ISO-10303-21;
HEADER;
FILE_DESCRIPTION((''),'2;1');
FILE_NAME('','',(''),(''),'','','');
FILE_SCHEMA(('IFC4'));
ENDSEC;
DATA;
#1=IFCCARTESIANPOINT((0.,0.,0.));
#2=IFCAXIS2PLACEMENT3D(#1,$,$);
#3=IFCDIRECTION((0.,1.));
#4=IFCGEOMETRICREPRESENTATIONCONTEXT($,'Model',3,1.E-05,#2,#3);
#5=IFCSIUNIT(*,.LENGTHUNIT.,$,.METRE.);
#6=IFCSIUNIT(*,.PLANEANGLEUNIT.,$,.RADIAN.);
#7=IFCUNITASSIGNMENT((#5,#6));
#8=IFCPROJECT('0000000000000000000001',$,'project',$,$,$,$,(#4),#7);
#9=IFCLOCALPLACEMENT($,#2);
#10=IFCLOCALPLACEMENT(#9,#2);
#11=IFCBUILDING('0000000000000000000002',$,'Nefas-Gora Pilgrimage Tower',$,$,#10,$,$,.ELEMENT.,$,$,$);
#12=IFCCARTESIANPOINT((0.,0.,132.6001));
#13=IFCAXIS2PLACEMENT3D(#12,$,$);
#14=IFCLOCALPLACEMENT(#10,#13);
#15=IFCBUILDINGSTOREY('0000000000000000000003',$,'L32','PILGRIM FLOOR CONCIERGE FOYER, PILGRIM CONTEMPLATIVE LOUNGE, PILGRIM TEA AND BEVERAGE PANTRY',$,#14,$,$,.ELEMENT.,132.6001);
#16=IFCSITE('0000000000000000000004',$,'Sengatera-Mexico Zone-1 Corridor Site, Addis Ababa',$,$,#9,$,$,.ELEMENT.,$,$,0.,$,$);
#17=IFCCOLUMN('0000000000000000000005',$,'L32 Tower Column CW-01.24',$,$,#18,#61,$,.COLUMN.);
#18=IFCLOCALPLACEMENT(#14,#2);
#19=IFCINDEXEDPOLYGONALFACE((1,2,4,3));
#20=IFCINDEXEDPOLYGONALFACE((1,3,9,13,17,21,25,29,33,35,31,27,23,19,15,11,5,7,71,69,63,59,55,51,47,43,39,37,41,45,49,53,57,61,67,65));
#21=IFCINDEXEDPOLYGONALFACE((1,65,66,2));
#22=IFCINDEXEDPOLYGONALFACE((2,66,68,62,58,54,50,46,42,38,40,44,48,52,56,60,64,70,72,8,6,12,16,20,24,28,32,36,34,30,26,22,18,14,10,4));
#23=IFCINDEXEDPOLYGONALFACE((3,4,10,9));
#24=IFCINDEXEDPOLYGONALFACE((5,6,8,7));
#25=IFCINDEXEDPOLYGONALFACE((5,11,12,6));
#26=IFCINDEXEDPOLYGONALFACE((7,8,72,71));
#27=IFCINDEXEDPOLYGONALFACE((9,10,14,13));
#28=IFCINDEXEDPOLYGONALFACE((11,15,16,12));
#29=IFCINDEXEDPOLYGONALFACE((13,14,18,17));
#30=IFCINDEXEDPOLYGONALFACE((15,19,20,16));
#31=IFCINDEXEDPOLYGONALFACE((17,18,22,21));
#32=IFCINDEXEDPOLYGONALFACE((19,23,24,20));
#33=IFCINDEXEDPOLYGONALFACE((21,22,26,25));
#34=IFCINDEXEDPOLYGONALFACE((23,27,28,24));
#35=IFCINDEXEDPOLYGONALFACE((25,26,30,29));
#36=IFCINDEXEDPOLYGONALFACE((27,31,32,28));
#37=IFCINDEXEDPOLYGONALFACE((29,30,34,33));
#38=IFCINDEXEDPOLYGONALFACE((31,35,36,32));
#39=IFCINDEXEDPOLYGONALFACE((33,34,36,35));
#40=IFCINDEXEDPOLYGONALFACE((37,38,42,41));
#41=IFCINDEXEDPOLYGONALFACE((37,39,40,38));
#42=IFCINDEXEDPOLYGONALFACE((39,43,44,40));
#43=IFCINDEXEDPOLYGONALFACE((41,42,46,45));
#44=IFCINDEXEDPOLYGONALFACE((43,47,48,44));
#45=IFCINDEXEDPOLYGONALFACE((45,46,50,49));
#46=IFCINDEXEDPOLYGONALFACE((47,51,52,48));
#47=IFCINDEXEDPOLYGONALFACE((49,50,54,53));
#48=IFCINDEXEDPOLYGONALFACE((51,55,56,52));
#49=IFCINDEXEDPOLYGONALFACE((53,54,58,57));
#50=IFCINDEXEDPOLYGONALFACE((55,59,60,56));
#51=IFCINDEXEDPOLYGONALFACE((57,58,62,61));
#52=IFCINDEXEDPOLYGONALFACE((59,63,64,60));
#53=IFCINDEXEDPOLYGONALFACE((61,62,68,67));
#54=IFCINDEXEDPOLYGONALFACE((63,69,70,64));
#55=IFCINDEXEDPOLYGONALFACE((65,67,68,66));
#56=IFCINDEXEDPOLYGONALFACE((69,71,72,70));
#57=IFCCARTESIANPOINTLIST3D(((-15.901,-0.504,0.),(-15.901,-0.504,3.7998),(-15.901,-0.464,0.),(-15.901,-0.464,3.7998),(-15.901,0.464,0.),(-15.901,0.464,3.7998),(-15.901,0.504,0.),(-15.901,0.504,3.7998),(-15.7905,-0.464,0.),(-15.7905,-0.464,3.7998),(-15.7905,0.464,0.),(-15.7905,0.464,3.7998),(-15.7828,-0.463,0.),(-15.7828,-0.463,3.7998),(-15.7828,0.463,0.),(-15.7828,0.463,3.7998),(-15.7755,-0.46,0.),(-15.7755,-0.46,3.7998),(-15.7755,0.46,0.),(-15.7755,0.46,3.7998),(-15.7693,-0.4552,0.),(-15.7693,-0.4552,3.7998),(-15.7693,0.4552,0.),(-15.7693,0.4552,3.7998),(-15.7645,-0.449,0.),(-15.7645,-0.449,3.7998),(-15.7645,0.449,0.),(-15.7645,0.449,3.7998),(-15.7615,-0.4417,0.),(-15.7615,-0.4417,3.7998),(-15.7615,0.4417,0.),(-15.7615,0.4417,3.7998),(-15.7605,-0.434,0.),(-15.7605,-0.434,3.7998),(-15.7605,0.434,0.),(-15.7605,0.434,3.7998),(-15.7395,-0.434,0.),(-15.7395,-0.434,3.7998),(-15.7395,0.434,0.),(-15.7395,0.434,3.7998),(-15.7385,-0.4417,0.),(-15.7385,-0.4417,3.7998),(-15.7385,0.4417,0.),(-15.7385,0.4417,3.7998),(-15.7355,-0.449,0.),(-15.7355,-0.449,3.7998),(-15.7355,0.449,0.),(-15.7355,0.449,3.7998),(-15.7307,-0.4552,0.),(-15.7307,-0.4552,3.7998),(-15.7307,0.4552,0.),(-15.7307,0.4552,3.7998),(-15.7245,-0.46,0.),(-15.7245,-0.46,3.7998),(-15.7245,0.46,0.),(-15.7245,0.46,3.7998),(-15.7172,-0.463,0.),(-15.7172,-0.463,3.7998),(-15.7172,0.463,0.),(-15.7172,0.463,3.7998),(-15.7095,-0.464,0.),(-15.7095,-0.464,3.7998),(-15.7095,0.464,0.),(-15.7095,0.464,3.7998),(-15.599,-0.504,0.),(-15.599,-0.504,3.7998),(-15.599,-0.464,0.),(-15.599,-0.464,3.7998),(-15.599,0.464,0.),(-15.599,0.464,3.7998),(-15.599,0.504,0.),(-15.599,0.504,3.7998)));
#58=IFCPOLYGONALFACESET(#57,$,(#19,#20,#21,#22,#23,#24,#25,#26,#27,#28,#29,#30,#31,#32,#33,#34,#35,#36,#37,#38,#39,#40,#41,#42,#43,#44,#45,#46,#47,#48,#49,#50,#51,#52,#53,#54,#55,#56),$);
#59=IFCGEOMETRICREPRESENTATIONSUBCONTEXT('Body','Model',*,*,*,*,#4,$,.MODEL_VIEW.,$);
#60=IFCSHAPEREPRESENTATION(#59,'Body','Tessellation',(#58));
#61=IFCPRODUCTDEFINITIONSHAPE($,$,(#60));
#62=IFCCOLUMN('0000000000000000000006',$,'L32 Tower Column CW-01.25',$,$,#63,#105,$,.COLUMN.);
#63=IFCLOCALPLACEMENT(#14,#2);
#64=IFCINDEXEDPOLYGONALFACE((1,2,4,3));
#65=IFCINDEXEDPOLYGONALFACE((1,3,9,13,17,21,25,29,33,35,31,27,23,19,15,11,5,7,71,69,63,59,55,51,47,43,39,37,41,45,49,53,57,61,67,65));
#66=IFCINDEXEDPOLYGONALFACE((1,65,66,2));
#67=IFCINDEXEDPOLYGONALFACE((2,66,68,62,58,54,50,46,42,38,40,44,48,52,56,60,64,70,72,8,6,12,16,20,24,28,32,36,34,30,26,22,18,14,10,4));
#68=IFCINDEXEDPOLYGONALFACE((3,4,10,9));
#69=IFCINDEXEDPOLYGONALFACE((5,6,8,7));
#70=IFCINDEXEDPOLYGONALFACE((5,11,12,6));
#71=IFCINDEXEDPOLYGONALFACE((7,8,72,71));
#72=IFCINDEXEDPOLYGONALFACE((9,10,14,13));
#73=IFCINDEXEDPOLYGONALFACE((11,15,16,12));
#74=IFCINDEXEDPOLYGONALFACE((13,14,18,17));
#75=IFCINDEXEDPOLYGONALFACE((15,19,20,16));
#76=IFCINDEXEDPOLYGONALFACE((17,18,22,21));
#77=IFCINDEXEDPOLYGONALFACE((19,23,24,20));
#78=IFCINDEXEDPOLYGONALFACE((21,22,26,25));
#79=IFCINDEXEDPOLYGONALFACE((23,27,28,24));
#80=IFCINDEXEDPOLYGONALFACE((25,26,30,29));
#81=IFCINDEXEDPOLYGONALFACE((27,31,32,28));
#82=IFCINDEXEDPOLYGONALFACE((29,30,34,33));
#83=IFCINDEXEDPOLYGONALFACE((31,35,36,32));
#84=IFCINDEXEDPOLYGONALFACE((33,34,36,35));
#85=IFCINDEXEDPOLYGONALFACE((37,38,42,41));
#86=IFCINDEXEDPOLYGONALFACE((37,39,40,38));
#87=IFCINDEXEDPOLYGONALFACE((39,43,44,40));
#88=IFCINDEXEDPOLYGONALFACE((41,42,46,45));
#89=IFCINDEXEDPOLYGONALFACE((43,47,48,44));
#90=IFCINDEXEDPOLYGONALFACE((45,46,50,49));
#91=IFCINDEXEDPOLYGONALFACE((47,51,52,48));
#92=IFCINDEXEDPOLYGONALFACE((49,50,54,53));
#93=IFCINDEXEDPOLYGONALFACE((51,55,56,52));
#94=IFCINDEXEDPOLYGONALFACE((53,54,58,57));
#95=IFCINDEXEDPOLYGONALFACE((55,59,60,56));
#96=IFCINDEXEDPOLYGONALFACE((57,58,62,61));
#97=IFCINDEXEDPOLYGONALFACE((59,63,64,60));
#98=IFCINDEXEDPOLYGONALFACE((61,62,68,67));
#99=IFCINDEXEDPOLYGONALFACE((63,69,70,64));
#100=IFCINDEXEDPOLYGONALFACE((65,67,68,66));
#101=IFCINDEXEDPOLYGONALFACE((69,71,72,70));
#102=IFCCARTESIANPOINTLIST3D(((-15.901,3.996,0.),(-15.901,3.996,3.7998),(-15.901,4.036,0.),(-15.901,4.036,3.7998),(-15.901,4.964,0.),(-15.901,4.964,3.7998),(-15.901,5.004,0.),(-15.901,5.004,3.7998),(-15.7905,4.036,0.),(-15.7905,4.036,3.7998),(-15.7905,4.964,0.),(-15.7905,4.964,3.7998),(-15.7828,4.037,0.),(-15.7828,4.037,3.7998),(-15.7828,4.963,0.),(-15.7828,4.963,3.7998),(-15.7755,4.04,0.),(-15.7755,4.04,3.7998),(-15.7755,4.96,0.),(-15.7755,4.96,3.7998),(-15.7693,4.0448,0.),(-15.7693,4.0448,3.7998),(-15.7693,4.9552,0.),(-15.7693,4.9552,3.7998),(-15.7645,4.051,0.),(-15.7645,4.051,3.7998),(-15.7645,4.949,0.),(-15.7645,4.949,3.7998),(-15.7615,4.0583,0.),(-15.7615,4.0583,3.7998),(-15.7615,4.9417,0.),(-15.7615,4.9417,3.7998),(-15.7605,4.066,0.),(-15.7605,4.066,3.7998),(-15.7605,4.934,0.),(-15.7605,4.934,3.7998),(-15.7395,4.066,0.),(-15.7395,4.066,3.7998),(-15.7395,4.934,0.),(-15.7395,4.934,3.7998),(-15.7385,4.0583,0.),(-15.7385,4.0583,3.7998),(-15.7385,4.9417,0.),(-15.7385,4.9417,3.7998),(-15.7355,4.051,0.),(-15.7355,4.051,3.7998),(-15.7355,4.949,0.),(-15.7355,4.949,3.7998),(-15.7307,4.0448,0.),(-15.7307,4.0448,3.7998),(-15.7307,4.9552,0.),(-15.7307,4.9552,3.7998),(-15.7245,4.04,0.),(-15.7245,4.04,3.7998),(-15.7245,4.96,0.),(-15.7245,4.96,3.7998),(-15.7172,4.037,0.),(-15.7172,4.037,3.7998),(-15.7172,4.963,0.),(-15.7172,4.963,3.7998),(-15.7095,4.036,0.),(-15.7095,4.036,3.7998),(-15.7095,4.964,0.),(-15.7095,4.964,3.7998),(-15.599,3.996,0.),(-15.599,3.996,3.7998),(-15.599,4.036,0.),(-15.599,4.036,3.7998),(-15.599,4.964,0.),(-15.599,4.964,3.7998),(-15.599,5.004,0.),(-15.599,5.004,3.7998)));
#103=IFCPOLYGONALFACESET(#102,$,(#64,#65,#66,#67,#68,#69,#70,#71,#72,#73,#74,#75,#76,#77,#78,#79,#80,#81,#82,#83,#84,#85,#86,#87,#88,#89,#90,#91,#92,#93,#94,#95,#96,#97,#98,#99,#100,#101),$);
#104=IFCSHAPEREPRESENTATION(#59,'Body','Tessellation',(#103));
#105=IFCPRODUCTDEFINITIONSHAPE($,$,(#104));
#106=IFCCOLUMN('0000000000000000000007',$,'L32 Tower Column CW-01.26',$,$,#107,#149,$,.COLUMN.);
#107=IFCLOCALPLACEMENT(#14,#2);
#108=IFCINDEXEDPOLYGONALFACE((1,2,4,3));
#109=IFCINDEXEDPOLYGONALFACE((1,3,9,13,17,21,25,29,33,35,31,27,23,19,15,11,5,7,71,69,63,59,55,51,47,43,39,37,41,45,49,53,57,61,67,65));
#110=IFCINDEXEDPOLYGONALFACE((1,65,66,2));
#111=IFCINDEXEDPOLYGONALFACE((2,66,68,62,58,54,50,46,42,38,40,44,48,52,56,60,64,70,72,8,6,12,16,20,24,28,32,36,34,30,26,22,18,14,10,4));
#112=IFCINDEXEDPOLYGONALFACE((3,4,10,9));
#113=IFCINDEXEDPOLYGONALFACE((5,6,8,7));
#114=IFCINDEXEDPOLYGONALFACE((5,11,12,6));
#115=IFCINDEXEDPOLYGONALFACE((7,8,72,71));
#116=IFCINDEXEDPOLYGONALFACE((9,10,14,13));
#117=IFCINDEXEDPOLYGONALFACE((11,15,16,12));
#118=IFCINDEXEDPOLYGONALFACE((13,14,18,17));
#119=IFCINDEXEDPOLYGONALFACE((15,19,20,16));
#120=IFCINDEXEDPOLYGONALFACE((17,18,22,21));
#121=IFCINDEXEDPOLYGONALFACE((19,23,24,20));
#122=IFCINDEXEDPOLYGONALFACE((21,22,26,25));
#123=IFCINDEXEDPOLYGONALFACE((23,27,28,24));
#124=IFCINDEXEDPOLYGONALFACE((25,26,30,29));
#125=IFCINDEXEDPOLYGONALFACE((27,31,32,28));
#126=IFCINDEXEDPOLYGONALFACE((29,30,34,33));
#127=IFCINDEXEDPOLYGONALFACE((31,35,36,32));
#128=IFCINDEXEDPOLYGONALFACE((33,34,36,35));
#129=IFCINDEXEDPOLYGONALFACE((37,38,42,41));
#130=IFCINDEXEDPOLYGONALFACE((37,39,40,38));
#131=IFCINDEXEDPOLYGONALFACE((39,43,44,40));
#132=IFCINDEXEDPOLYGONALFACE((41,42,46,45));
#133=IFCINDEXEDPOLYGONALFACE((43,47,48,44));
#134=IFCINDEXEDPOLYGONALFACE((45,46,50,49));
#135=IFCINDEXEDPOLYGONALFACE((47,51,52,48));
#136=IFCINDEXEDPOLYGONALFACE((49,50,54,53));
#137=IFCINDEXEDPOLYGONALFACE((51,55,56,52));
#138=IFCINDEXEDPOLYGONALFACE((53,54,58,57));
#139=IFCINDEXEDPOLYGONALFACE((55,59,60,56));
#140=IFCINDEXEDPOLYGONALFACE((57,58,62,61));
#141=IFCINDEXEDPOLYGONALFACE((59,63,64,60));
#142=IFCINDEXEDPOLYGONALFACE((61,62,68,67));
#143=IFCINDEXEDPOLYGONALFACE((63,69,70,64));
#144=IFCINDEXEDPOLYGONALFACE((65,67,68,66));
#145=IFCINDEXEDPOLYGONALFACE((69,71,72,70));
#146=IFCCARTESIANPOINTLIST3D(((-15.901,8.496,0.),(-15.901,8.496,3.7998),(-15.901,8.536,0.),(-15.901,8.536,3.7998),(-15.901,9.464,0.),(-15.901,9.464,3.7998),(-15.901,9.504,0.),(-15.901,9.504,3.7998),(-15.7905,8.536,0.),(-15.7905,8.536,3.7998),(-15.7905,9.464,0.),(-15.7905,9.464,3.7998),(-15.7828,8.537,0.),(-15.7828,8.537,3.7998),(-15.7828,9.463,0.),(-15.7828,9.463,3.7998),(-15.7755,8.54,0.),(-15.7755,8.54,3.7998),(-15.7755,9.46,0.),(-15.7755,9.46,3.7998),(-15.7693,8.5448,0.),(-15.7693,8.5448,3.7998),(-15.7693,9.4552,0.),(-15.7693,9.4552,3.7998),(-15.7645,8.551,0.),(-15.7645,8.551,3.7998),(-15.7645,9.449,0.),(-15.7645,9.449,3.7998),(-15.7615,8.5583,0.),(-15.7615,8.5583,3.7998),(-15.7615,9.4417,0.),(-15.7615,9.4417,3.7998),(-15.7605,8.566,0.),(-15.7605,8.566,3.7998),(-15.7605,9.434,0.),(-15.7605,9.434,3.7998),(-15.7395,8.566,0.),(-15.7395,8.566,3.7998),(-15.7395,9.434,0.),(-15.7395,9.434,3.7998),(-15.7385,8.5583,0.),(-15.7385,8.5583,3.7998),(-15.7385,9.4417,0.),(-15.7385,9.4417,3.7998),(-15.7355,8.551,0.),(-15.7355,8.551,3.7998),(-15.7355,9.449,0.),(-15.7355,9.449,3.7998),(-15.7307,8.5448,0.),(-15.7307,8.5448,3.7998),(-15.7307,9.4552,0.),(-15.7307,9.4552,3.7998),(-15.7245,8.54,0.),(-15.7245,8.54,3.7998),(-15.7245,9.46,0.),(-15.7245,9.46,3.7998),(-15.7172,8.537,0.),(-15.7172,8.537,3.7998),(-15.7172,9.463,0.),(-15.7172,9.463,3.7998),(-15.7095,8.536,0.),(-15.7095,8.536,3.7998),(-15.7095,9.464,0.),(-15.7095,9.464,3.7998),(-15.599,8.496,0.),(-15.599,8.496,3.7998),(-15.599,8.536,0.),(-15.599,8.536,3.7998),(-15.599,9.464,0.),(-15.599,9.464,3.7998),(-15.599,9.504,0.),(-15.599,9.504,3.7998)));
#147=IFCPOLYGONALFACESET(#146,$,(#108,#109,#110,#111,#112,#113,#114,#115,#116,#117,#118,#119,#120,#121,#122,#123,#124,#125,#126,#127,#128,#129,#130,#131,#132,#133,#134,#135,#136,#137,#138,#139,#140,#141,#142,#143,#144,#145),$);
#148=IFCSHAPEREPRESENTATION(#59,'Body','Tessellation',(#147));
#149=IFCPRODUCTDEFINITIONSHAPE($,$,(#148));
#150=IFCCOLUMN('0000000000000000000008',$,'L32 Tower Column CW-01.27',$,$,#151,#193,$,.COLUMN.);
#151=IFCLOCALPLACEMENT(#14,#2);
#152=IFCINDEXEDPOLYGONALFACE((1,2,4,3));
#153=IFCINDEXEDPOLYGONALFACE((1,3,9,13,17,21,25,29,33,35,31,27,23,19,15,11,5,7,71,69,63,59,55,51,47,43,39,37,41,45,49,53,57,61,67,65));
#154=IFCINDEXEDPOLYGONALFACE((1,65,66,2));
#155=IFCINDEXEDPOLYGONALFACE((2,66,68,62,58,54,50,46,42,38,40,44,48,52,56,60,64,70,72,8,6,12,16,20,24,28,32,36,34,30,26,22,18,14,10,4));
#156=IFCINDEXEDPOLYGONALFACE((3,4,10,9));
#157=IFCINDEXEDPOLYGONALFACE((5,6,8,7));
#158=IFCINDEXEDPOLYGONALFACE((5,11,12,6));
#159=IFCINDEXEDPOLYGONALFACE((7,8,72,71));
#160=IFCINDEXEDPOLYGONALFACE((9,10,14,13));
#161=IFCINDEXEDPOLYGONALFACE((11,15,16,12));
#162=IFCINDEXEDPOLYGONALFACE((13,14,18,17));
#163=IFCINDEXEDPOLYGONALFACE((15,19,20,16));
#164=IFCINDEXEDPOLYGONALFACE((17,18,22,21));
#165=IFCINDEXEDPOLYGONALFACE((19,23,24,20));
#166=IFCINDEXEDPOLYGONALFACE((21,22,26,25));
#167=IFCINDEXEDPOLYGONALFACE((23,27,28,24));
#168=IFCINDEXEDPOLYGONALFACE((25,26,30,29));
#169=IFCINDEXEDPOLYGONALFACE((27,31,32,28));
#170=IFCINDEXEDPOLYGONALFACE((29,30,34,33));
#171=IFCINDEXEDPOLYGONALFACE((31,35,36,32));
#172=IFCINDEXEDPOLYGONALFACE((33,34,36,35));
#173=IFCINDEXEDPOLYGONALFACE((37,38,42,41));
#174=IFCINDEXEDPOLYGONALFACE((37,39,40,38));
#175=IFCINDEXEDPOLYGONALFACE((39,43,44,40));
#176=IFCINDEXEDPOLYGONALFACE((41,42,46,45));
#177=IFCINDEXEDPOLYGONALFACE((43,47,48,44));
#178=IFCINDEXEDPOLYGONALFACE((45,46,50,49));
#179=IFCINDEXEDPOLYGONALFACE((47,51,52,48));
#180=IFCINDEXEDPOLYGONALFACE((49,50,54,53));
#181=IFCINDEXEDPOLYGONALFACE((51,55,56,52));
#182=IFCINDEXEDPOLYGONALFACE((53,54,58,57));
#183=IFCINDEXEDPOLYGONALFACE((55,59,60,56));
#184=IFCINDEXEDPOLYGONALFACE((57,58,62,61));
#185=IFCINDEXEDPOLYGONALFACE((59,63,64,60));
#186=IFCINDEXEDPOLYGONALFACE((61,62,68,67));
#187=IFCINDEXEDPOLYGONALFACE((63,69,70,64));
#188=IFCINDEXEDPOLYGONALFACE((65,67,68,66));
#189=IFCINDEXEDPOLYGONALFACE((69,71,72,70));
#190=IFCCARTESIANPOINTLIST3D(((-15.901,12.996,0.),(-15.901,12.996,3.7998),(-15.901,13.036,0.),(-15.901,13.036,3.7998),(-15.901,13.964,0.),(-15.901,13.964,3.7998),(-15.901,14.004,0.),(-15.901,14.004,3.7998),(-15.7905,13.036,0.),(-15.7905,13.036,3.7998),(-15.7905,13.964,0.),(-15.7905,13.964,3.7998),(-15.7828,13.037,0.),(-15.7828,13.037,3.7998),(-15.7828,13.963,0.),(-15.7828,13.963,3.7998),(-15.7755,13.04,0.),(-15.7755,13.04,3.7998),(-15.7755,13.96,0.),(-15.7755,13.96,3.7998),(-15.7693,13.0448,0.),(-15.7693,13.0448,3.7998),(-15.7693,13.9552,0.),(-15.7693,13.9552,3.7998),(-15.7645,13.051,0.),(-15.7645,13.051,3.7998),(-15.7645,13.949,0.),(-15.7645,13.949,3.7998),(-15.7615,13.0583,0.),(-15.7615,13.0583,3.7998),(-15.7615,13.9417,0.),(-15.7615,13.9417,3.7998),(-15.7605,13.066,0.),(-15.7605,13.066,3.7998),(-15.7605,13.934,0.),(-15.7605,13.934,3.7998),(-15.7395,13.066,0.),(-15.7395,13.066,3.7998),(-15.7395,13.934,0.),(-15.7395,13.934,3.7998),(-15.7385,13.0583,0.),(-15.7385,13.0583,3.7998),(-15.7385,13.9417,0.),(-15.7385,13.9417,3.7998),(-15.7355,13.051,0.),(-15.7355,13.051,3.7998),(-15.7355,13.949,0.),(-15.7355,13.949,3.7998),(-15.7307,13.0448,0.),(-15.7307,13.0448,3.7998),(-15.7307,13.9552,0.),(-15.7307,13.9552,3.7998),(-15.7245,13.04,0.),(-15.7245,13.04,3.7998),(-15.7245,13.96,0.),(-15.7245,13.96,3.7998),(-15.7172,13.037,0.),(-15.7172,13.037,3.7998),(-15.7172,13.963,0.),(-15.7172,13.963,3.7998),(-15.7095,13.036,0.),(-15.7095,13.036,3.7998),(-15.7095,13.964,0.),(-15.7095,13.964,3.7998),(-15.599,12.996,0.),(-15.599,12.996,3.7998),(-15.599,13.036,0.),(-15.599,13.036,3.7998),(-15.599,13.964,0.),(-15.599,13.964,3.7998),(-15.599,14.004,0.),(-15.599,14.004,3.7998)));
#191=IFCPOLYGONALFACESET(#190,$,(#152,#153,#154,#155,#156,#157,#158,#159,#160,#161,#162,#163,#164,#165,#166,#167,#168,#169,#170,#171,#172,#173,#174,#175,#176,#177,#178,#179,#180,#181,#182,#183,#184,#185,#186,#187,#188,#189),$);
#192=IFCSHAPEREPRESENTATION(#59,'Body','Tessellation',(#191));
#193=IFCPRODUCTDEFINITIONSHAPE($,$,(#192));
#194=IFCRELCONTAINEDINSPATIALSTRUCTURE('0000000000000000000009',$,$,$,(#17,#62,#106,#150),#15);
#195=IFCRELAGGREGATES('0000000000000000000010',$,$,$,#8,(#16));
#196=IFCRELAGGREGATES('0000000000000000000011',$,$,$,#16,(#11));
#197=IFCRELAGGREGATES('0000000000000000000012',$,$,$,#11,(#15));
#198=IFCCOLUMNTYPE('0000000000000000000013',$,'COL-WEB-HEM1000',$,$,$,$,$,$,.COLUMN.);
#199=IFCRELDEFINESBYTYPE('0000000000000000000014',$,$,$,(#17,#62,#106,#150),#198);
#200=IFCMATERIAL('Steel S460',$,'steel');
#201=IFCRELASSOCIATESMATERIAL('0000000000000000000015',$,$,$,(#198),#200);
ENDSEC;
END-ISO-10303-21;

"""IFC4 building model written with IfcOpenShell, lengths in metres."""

from ifc_helpers import new_model, si_unit, direction, frame, origin, origin_2d, place, context, subcontext, project, spatial, i_section, extrude, source, transform, mapped, material, material_profile, profile_set, type_object, element, save


model = new_model("IFC4")

# Units and contexts
model_context = context("Model", 3, precision=1e-05, world=origin(), true_north=direction((0.0, 1.0)))
body_context = subcontext(model_context, "Body", "Model", "MODEL_VIEW")
ifc_project = project(units=[si_unit("LENGTHUNIT", "METRE"), si_unit("PLANEANGLEUNIT", "RADIAN")], contexts=[model_context])

# Site, building, storey
site_placement = place(None, origin())
site = spatial("IfcSite", under=ifc_project, at=site_placement, Name="Sengatera-Mexico Zone-1 Corridor Site, Addis Ababa", CompositionType="ELEMENT", RefElevation=0.0)
building_placement = place(site_placement, origin())
building = spatial("IfcBuilding", under=site, at=building_placement, Name="Nefas-Gora Pilgrimage Tower", CompositionType="ELEMENT")
storey_placement = place(building_placement, frame((0.0, 0.0, 132.6001)))
storey = spatial("IfcBuildingStorey", under=building, at=storey_placement, Name="L32", Description="PILGRIM FLOOR CONCIERGE FOYER, PILGRIM CONTEMPLATIVE LOUNGE, PILGRIM TEA AND BEVERAGE PANTRY", CompositionType="ELEMENT", Elevation=132.6001)

# Columns
ifc_material_1 = material(Name="Steel S460", Category="steel")
ifc_material_profile_1 = material_profile(ifc_material_1, i_section(OverallWidth=0.302, OverallDepth=1.0081, WebThickness=0.021, FlangeThickness=0.04, FilletRadius=0.03, at=origin_2d()), Name="HEM 1000")
ifc_profile_set_1 = profile_set([ifc_material_profile_1], Name="Steel S460")
column_type_1 = type_object("IfcColumnType", Name="COL-WEB-HEM1000", PredefinedType="COLUMN", material=ifc_profile_set_1)
shared_shape_1 = source(origin(), body_context, "Body", "SweptSolid", [
    extrude(i_section(OverallWidth=0.302, OverallDepth=1.0081, WebThickness=0.021, FlangeThickness=0.04, FilletRadius=0.03, at=origin_2d()), origin(), (0.0, 0.0, 1.0), 3.7998),
])
for number, where, z_axis, x_axis, name in (
    (1, (-15.75, 0.0, 0.0), (0.0, 0.0, 1.0), (1.0, 0.0, 0.0), "L32 Tower Column CW-01.24"),
    (2, (-15.75, 4.5, 0.0), (0.0, 0.0, 1.0), (1.0, 0.0, 0.0), "L32 Tower Column CW-01.25"),
    (3, (-15.75, 9.0, 0.0), (0.0, 0.0, 1.0), (1.0, 0.0, 0.0), "L32 Tower Column CW-01.26"),
    (4, (-15.75, 13.5, 0.0), (0.0, 0.0, 1.0), (1.0, 0.0, 0.0), "L32 Tower Column CW-01.27"),
):
    element("IfcColumn", number, at=place(storey_placement, frame(where, z_axis=z_axis, x_axis=x_axis)), inside=storey, type_object=column_type_1, Name=name, PredefinedType="COLUMN", context=body_context, shape_type="MappedRepresentation", body=[
        mapped(shared_shape_1, transform((0.0, 0.0, 0.0), x_axis=(1.0, 0.0, 0.0), y_axis=(0.0, 1.0, 0.0), z_axis=(0.0, 0.0, 1.0), scale=1.0)),
    ])

save(model, "model.ifc")
